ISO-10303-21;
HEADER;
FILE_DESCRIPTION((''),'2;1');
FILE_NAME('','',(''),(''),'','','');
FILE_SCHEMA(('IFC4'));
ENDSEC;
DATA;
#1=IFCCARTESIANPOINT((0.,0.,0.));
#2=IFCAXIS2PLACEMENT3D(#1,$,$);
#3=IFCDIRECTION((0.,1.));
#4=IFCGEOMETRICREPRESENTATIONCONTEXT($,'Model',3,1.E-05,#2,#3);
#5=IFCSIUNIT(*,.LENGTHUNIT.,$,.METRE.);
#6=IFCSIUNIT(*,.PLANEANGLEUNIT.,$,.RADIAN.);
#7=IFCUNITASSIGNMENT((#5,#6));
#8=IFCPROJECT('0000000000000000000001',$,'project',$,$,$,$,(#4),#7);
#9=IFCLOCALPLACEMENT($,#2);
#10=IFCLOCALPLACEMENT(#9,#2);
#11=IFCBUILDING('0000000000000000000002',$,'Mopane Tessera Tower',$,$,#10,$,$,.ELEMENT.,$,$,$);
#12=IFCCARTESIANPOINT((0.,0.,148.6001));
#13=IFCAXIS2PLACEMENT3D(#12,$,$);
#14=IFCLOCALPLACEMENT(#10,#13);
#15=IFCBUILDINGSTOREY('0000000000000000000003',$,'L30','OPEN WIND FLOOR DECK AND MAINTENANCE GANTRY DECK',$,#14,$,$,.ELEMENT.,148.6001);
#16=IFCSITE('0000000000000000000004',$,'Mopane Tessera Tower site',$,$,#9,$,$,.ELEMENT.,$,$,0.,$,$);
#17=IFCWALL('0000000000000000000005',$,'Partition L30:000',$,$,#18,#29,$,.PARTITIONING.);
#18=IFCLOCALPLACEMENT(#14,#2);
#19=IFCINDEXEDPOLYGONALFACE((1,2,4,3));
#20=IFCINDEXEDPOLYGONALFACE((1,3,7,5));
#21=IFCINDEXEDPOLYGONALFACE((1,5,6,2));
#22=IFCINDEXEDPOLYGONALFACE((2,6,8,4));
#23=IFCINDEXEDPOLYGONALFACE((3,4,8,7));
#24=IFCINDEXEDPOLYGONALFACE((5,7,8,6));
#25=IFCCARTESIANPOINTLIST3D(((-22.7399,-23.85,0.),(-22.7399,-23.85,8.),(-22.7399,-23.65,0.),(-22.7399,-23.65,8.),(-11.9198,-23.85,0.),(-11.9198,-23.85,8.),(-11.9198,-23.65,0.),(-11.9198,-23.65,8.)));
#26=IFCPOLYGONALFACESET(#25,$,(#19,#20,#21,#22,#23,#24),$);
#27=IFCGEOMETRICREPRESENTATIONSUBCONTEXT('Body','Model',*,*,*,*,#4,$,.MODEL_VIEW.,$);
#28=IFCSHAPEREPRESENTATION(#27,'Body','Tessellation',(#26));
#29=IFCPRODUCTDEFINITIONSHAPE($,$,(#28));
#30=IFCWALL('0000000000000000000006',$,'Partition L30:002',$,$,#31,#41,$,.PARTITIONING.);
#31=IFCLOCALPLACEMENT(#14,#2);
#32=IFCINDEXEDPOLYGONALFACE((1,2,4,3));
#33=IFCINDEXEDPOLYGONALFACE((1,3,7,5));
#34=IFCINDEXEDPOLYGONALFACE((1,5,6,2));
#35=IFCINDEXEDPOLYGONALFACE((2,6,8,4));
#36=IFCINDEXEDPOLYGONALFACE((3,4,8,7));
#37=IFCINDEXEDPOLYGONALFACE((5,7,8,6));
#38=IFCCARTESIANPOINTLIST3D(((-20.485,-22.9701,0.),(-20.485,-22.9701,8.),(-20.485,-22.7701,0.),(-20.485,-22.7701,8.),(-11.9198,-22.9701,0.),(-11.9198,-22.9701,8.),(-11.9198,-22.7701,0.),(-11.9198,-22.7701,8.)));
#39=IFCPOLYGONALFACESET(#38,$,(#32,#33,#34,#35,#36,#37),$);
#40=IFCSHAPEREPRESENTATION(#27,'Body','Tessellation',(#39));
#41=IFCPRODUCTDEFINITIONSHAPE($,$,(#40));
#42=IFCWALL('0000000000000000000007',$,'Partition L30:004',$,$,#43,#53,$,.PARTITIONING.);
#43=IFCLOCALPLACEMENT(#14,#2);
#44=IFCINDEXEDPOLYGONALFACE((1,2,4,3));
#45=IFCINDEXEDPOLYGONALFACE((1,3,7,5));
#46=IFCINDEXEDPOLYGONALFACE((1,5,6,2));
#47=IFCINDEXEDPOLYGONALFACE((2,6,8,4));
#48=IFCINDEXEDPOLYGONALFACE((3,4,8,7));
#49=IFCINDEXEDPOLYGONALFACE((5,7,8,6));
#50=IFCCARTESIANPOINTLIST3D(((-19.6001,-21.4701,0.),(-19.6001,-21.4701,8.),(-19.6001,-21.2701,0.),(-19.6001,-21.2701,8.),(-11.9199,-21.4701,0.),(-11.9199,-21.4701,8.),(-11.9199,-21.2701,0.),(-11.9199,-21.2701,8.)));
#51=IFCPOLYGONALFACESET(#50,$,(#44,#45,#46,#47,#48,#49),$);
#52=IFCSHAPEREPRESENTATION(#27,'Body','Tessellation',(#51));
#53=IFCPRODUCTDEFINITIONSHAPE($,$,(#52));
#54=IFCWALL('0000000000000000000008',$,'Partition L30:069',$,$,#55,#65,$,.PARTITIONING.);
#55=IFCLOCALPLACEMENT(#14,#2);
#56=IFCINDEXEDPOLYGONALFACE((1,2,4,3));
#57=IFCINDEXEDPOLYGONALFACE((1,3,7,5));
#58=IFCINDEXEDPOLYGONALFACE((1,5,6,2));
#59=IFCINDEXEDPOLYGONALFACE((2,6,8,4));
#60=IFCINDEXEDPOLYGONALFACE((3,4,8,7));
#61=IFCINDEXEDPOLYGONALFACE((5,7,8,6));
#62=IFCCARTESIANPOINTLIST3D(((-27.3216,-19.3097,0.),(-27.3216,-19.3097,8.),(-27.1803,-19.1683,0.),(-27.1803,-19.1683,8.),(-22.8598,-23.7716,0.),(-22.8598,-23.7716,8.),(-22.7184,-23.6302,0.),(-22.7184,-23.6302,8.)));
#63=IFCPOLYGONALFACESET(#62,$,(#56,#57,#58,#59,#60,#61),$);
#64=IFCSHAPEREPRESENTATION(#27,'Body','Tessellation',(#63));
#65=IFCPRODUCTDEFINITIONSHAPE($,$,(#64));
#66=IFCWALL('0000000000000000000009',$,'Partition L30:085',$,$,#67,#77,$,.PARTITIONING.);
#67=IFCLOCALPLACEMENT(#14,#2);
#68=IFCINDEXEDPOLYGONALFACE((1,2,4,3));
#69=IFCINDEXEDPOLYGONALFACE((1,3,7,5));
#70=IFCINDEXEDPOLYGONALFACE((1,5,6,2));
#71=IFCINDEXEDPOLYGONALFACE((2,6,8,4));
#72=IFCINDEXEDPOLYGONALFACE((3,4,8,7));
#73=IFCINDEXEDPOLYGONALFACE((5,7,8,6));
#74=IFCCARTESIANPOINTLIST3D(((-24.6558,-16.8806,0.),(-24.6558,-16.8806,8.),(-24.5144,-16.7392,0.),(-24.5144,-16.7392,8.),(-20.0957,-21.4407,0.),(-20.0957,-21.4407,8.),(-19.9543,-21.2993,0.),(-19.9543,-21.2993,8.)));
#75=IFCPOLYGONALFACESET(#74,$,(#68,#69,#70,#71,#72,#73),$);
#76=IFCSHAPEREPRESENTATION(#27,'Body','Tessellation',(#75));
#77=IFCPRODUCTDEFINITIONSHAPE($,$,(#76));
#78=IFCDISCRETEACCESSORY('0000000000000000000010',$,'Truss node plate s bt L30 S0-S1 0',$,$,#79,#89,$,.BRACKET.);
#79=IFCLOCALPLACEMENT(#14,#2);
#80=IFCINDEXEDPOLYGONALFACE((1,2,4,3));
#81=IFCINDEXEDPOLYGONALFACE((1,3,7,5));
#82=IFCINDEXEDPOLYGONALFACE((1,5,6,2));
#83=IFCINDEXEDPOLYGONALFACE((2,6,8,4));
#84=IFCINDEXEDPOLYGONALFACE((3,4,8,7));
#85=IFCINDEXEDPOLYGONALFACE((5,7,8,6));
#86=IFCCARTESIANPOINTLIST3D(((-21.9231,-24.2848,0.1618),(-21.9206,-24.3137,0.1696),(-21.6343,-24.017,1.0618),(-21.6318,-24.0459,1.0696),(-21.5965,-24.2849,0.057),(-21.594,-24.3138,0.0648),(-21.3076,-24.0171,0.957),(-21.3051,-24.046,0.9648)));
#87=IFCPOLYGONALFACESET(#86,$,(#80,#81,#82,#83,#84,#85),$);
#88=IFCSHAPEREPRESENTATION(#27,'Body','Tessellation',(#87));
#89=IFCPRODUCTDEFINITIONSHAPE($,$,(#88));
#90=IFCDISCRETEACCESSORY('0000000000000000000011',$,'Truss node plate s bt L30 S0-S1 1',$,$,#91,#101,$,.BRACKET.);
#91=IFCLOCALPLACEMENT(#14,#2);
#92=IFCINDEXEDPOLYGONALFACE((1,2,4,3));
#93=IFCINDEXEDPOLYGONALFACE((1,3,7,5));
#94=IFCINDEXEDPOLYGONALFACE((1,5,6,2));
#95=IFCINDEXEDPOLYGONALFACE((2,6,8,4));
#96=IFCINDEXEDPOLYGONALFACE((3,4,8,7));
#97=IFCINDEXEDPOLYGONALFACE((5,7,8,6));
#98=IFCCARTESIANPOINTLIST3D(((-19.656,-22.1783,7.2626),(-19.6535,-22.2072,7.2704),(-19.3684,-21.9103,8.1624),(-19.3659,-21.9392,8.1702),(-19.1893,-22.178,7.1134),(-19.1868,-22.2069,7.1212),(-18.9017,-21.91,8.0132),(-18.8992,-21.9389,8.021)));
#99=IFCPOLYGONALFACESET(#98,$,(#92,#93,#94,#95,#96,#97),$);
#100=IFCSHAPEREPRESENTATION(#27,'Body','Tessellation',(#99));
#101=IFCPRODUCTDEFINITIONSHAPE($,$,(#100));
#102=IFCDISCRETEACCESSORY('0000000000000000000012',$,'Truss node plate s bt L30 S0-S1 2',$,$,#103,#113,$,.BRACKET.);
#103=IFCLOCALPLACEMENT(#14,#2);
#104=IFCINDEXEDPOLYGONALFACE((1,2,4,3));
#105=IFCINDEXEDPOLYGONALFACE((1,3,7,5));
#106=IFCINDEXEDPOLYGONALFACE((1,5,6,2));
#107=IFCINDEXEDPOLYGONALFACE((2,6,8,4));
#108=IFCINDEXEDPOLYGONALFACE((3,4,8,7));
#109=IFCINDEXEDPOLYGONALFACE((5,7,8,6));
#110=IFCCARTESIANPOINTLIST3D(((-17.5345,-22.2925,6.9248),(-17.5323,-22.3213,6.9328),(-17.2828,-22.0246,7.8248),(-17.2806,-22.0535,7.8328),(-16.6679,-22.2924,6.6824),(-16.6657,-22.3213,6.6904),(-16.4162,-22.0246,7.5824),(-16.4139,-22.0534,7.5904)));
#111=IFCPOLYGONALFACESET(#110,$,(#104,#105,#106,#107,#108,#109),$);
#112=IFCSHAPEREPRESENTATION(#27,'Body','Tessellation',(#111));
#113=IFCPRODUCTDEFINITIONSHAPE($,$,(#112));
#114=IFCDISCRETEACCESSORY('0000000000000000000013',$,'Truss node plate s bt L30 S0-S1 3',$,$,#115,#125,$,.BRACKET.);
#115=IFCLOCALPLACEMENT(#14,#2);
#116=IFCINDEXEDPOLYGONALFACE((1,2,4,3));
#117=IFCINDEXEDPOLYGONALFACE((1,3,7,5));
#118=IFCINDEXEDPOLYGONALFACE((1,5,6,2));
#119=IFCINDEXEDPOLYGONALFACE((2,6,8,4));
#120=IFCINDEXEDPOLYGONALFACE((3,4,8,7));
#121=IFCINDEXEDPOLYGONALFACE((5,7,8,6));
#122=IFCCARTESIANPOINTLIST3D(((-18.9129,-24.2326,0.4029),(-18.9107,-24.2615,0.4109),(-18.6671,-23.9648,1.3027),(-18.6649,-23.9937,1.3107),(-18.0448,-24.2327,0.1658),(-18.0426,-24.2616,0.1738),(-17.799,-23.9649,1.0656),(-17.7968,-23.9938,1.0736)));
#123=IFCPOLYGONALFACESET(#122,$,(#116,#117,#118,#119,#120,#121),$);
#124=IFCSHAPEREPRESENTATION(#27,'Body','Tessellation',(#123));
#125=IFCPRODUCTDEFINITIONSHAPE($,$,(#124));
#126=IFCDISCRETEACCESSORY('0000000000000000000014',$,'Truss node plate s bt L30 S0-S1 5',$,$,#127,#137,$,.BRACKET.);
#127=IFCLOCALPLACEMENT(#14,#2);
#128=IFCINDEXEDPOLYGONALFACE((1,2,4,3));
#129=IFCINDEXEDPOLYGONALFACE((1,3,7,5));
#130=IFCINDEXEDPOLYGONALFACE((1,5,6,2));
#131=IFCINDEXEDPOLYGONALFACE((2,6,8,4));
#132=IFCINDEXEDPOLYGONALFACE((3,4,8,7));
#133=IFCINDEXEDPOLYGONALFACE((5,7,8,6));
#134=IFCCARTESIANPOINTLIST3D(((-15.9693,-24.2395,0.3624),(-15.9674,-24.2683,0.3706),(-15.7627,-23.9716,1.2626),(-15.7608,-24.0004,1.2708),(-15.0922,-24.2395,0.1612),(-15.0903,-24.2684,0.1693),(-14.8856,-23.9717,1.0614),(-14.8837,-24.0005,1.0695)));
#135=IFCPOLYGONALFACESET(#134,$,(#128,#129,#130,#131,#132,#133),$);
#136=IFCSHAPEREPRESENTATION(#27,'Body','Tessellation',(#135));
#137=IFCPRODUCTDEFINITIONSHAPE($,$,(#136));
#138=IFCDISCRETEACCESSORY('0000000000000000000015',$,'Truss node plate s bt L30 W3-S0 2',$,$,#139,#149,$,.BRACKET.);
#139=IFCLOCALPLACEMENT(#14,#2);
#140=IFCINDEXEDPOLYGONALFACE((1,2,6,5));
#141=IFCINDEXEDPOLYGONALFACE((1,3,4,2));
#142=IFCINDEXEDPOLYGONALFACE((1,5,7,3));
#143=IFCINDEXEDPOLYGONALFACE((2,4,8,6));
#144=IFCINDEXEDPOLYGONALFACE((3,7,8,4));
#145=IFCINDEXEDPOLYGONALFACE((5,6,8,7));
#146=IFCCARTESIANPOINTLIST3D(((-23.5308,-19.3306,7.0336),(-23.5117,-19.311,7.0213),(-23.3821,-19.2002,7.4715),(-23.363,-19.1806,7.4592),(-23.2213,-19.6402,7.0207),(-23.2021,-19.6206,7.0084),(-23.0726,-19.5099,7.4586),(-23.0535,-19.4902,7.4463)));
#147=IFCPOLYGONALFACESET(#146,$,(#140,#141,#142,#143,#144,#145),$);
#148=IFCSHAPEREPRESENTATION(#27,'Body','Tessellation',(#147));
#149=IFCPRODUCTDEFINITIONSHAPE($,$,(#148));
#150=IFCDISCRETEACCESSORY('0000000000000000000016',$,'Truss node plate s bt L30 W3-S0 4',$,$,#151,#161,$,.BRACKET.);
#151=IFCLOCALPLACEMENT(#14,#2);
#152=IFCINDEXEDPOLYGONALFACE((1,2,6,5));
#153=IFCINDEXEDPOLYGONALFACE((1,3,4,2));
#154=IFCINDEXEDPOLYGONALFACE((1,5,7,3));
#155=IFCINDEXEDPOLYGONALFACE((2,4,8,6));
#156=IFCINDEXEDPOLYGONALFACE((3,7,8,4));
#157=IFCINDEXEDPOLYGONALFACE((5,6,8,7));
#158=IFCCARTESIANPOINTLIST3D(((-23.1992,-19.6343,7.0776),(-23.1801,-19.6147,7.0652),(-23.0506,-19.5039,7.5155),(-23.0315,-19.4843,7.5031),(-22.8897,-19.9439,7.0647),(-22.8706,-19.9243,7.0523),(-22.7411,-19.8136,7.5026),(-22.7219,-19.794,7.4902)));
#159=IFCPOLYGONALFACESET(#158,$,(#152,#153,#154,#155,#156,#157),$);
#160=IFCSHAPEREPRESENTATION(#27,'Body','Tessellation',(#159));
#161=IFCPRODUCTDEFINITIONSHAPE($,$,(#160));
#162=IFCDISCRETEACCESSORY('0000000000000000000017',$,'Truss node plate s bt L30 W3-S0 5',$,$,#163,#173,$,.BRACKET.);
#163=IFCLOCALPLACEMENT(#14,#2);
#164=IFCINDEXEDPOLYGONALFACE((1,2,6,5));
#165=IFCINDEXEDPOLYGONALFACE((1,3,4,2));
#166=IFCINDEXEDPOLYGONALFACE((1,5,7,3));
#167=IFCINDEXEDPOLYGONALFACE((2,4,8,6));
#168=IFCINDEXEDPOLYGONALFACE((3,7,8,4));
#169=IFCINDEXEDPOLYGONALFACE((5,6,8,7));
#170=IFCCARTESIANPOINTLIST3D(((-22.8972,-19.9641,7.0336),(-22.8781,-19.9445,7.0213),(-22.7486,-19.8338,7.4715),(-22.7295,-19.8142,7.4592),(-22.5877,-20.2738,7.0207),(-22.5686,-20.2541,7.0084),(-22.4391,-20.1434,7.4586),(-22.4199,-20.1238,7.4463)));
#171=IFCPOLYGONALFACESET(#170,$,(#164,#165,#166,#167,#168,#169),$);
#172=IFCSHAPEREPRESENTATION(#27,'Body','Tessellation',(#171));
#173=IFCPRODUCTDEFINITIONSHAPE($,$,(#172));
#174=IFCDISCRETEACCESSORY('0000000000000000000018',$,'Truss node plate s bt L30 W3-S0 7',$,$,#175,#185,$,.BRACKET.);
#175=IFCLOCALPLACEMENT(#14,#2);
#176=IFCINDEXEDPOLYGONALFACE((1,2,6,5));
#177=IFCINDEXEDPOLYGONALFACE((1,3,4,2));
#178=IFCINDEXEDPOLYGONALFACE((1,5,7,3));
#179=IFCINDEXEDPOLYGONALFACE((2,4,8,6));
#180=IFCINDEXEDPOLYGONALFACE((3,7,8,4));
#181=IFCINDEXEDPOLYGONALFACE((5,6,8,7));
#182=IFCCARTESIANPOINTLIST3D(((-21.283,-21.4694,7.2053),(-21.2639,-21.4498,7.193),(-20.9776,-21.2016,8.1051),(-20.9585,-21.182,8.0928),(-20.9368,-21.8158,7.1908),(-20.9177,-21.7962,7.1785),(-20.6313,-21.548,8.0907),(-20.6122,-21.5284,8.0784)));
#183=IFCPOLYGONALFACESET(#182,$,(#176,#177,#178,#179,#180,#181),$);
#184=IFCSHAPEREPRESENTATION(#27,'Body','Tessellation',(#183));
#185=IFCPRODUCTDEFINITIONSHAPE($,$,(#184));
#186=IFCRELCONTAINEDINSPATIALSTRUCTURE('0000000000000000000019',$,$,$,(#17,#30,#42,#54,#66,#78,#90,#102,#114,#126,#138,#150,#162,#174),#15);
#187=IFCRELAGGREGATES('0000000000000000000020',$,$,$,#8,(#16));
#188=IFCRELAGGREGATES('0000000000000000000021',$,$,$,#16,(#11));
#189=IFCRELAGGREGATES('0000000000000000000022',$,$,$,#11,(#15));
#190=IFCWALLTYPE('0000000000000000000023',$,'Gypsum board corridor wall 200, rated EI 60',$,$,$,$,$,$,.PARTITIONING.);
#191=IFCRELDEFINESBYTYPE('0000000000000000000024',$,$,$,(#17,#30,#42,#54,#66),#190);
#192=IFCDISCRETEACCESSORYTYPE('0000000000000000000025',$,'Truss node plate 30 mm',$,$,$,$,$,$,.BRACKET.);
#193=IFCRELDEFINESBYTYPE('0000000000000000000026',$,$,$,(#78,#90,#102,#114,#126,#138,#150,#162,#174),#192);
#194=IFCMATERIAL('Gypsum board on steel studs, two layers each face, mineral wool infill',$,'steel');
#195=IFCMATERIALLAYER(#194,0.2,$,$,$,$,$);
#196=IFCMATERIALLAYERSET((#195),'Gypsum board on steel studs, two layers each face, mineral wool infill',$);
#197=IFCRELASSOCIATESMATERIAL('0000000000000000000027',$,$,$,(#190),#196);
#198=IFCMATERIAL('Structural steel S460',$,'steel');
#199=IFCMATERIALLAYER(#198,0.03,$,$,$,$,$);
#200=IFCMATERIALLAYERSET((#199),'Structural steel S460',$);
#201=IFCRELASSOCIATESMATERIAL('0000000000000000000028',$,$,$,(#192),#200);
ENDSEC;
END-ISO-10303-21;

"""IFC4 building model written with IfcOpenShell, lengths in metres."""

from ifc_helpers import new_model, si_unit, direction, frame, frame_2d, origin, origin_2d, place, context, subcontext, project, spatial, rectangle, extrude, material, layer, layer_set, type_object, element, save


model = new_model("IFC4")

# Units and contexts
model_context = context("Model", 3, precision=1e-05, world=origin(), true_north=direction((0.0, 1.0)))
body_context = subcontext(model_context, "Body", "Model", "MODEL_VIEW")
ifc_project = project(units=[si_unit("LENGTHUNIT", "METRE"), si_unit("PLANEANGLEUNIT", "RADIAN")], contexts=[model_context])

# Site, building, storey
site_placement = place(None, origin())
site = spatial("IfcSite", under=ifc_project, at=site_placement, Name="Mopane Tessera Tower site", CompositionType="ELEMENT", RefElevation=0.0)
building_placement = place(site_placement, origin())
building = spatial("IfcBuilding", under=site, at=building_placement, Name="Mopane Tessera Tower", CompositionType="ELEMENT")
storey_placement = place(building_placement, frame((0.0, 0.0, 148.6001)))
storey = spatial("IfcBuildingStorey", under=building, at=storey_placement, Name="L30", Description="OPEN WIND FLOOR DECK AND MAINTENANCE GANTRY DECK", CompositionType="ELEMENT", Elevation=148.6001)

# Walls
ifc_material_1 = material(Name="Gypsum board on steel studs, two layers each face, mineral wool infill", Category="steel")
ifc_layer_1 = layer(ifc_material_1, 0.2)
ifc_layer_set_1 = layer_set([ifc_layer_1], Name="Gypsum board on steel studs, two layers each face, mineral wool infill")
wall_type = type_object("IfcWallType", Name="Gypsum board corridor wall 200, rated EI 60", PredefinedType="PARTITIONING", material=ifc_layer_set_1)
wall_1_placement = place(storey_placement, frame((-22.74, -23.75, 0.0), z_axis=(0.0, 0.0, 1.0), x_axis=(1.0, 0.0, 0.0)))
element("IfcWall", 1, at=wall_1_placement, inside=storey, type_object=wall_type, Name="Partition L30:000", PredefinedType="PARTITIONING", context=body_context, shape_type="SweptSolid", body=[
    extrude(rectangle(XDim=10.8201, YDim=0.2, at=frame_2d((5.4102, 0.0))), origin(), (0.0, 0.0, 1.0), 8.0),
])
wall_2_placement = place(storey_placement, frame((-20.4851, -22.8701, 0.0), z_axis=(0.0, 0.0, 1.0), x_axis=(1.0, 0.0, 0.0)))
element("IfcWall", 2, at=wall_2_placement, inside=storey, type_object=wall_type, Name="Partition L30:002", PredefinedType="PARTITIONING", context=body_context, shape_type="SweptSolid", body=[
    extrude(rectangle(XDim=8.5652, YDim=0.2, at=frame_2d((4.2827, 0.0))), origin(), (0.0, 0.0, 1.0), 8.0),
])
wall_3_placement = place(storey_placement, frame((-19.6001, -21.3701, 0.0), z_axis=(0.0, 0.0, 1.0), x_axis=(1.0, 0.0, 0.0)))
element("IfcWall", 3, at=wall_3_placement, inside=storey, type_object=wall_type, Name="Partition L30:004", PredefinedType="PARTITIONING", context=body_context, shape_type="SweptSolid", body=[
    extrude(rectangle(XDim=7.6802, YDim=0.2, at=frame_2d((3.8401, 0.0))), origin(), (0.0, 0.0, 1.0), 8.0),
])
wall_4_placement = place(storey_placement, frame((-22.7891, -23.7009, 0.0), z_axis=(0.0, 0.0, 1.0), x_axis=(-0.707107, 0.707107, 0.0)))
element("IfcWall", 4, at=wall_4_placement, inside=storey, type_object=wall_type, Name="Partition L30:069", PredefinedType="PARTITIONING", context=body_context, shape_type="SweptSolid", body=[
    extrude(rectangle(XDim=6.3101, YDim=0.2, at=frame_2d((3.155, 0.0))), origin(), (0.0, 0.0, 1.0), 8.0),
])
wall_5_placement = place(storey_placement, frame((-20.0249, -21.3701, 0.0), z_axis=(0.0, 0.0, 1.0), x_axis=(-0.707107, 0.707107, 0.0)))
element("IfcWall", 5, at=wall_5_placement, inside=storey, type_object=wall_type, Name="Partition L30:085", PredefinedType="PARTITIONING", context=body_context, shape_type="SweptSolid", body=[
    extrude(rectangle(XDim=6.449, YDim=0.2, at=frame_2d((3.2246, 0.0))), origin(), (0.0, 0.0, 1.0), 8.0),
])

# Discrete accessories
ifc_material_2 = material(Name="Structural steel S460", Category="steel")
ifc_layer_2 = layer(ifc_material_2, 0.03)
ifc_layer_set_2 = layer_set([ifc_layer_2], Name="Structural steel S460")
discrete_accessory_type = type_object("IfcDiscreteAccessoryType", Name="Truss node plate 30 mm", PredefinedType="BRACKET", material=ifc_layer_set_2)
discrete_accessory_1_placement = place(storey_placement, frame((-21.7585, -24.2993, 0.1133), z_axis=(0.294014, 0.27264, 0.916091), x_axis=(-0.083107, 0.962116, -0.259665)))
element("IfcDiscreteAccessory", 6, at=discrete_accessory_1_placement, inside=storey, type_object=discrete_accessory_type, Name="Truss node plate s bt L30 S0-S1 0", PredefinedType="BRACKET", context=body_context, shape_type="SweptSolid", body=[
    extrude(rectangle(XDim=0.03, YDim=0.343, at=origin_2d()), origin(), (0.0, 0.0, 1.0), 0.9824),
])
discrete_accessory_2_placement = place(storey_placement, frame((-19.4214, -22.1926, 7.1919), z_axis=(0.292858, 0.27297, 0.916363), x_axis=(-0.083712, 0.962022, -0.259818)))
element("IfcDiscreteAccessory", 7, at=discrete_accessory_2_placement, inside=storey, type_object=discrete_accessory_type, Name="Truss node plate s bt L30 S0-S1 1", PredefinedType="BRACKET", context=body_context, shape_type="SweptSolid", body=[
    extrude(rectangle(XDim=0.03, YDim=0.49, at=origin_2d()), origin(), (0.0, 0.0, 1.0), 0.9819),
])
discrete_accessory_3_placement = place(storey_placement, frame((-17.1001, -22.3069, 6.8076), z_axis=(0.258943, 0.275519, 0.925764), x_axis=(-0.074261, 0.961296, -0.265322)))
element("IfcDiscreteAccessory", 8, at=discrete_accessory_3_placement, inside=storey, type_object=discrete_accessory_type, Name="Truss node plate s bt L30 S0-S1 2", PredefinedType="BRACKET", context=body_context, shape_type="SweptSolid", body=[
    extrude(rectangle(XDim=0.03, YDim=0.8999, at=origin_2d()), origin(), (0.0, 0.0, 1.0), 0.9722),
])
discrete_accessory_4_placement = place(storey_placement, frame((-18.4778, -24.2471, 0.2883), z_axis=(0.253306, 0.275945, 0.927195), x_axis=(-0.072612, 0.961173, -0.26622)))
element("IfcDiscreteAccessory", 9, at=discrete_accessory_4_placement, inside=storey, type_object=discrete_accessory_type, Name="Truss node plate s bt L30 S0-S1 3", PredefinedType="BRACKET", context=body_context, shape_type="SweptSolid", body=[
    extrude(rectangle(XDim=0.03, YDim=0.8999, at=origin_2d()), origin(), (0.0, 0.0, 1.0), 0.9705),
])
discrete_accessory_5_placement = place(storey_placement, frame((-15.5298, -24.2539, 0.2659), z_axis=(0.214794, 0.278521, 0.936104), x_axis=(-0.062212, 0.96043, -0.271484)))
element("IfcDiscreteAccessory", 10, at=discrete_accessory_5_placement, inside=storey, type_object=discrete_accessory_type, Name="Truss node plate s bt L30 S0-S1 5", PredefinedType="BRACKET", context=body_context, shape_type="SweptSolid", body=[
    extrude(rectangle(XDim=0.03, YDim=0.8999, at=origin_2d()), origin(), (0.0, 0.0, 1.0), 0.9617),
])
for number, where, z_axis, x_axis, name in (
    (11, (-23.3665, -19.4756, 7.021), (0.309393, 0.271291, 0.911415), (0.636311, 0.653187, -0.410432), "Truss node plate s bt L30 W3-S0 2"),
    (12, (-23.0349, -19.7793, 7.0649), (0.309393, 0.271291, 0.911415), (0.636311, 0.653187, -0.410432), "Truss node plate s bt L30 W3-S0 4"),
    (13, (-22.7329, -20.1091, 7.021), (0.309393, 0.271291, 0.911415), (0.636311, 0.653187, -0.410432), "Truss node plate s bt L30 W3-S0 5"),
):
    element("IfcDiscreteAccessory", number, at=place(storey_placement, frame(where, z_axis=z_axis, x_axis=x_axis)), inside=storey, type_object=discrete_accessory_type, Name=name, PredefinedType="BRACKET", context=body_context, shape_type="SweptSolid", body=[
        extrude(rectangle(XDim=0.03, YDim=0.438, at=origin_2d()), origin(), (0.0, 0.0, 1.0), 0.4805),
    ])
discrete_accessory_6_placement = place(storey_placement, frame((-21.1003, -21.6328, 7.1919), z_axis=(0.309337, 0.271257, 0.911444), x_axis=(0.636314, 0.653225, -0.410368)))
element("IfcDiscreteAccessory", 14, at=discrete_accessory_6_placement, inside=storey, type_object=discrete_accessory_type, Name="Truss node plate s bt L30 W3-S0 7", PredefinedType="BRACKET", context=body_context, shape_type="SweptSolid", body=[
    extrude(rectangle(XDim=0.03, YDim=0.49, at=origin_2d()), origin(), (0.0, 0.0, 1.0), 0.9873),
])

save(model, "model.ifc")
